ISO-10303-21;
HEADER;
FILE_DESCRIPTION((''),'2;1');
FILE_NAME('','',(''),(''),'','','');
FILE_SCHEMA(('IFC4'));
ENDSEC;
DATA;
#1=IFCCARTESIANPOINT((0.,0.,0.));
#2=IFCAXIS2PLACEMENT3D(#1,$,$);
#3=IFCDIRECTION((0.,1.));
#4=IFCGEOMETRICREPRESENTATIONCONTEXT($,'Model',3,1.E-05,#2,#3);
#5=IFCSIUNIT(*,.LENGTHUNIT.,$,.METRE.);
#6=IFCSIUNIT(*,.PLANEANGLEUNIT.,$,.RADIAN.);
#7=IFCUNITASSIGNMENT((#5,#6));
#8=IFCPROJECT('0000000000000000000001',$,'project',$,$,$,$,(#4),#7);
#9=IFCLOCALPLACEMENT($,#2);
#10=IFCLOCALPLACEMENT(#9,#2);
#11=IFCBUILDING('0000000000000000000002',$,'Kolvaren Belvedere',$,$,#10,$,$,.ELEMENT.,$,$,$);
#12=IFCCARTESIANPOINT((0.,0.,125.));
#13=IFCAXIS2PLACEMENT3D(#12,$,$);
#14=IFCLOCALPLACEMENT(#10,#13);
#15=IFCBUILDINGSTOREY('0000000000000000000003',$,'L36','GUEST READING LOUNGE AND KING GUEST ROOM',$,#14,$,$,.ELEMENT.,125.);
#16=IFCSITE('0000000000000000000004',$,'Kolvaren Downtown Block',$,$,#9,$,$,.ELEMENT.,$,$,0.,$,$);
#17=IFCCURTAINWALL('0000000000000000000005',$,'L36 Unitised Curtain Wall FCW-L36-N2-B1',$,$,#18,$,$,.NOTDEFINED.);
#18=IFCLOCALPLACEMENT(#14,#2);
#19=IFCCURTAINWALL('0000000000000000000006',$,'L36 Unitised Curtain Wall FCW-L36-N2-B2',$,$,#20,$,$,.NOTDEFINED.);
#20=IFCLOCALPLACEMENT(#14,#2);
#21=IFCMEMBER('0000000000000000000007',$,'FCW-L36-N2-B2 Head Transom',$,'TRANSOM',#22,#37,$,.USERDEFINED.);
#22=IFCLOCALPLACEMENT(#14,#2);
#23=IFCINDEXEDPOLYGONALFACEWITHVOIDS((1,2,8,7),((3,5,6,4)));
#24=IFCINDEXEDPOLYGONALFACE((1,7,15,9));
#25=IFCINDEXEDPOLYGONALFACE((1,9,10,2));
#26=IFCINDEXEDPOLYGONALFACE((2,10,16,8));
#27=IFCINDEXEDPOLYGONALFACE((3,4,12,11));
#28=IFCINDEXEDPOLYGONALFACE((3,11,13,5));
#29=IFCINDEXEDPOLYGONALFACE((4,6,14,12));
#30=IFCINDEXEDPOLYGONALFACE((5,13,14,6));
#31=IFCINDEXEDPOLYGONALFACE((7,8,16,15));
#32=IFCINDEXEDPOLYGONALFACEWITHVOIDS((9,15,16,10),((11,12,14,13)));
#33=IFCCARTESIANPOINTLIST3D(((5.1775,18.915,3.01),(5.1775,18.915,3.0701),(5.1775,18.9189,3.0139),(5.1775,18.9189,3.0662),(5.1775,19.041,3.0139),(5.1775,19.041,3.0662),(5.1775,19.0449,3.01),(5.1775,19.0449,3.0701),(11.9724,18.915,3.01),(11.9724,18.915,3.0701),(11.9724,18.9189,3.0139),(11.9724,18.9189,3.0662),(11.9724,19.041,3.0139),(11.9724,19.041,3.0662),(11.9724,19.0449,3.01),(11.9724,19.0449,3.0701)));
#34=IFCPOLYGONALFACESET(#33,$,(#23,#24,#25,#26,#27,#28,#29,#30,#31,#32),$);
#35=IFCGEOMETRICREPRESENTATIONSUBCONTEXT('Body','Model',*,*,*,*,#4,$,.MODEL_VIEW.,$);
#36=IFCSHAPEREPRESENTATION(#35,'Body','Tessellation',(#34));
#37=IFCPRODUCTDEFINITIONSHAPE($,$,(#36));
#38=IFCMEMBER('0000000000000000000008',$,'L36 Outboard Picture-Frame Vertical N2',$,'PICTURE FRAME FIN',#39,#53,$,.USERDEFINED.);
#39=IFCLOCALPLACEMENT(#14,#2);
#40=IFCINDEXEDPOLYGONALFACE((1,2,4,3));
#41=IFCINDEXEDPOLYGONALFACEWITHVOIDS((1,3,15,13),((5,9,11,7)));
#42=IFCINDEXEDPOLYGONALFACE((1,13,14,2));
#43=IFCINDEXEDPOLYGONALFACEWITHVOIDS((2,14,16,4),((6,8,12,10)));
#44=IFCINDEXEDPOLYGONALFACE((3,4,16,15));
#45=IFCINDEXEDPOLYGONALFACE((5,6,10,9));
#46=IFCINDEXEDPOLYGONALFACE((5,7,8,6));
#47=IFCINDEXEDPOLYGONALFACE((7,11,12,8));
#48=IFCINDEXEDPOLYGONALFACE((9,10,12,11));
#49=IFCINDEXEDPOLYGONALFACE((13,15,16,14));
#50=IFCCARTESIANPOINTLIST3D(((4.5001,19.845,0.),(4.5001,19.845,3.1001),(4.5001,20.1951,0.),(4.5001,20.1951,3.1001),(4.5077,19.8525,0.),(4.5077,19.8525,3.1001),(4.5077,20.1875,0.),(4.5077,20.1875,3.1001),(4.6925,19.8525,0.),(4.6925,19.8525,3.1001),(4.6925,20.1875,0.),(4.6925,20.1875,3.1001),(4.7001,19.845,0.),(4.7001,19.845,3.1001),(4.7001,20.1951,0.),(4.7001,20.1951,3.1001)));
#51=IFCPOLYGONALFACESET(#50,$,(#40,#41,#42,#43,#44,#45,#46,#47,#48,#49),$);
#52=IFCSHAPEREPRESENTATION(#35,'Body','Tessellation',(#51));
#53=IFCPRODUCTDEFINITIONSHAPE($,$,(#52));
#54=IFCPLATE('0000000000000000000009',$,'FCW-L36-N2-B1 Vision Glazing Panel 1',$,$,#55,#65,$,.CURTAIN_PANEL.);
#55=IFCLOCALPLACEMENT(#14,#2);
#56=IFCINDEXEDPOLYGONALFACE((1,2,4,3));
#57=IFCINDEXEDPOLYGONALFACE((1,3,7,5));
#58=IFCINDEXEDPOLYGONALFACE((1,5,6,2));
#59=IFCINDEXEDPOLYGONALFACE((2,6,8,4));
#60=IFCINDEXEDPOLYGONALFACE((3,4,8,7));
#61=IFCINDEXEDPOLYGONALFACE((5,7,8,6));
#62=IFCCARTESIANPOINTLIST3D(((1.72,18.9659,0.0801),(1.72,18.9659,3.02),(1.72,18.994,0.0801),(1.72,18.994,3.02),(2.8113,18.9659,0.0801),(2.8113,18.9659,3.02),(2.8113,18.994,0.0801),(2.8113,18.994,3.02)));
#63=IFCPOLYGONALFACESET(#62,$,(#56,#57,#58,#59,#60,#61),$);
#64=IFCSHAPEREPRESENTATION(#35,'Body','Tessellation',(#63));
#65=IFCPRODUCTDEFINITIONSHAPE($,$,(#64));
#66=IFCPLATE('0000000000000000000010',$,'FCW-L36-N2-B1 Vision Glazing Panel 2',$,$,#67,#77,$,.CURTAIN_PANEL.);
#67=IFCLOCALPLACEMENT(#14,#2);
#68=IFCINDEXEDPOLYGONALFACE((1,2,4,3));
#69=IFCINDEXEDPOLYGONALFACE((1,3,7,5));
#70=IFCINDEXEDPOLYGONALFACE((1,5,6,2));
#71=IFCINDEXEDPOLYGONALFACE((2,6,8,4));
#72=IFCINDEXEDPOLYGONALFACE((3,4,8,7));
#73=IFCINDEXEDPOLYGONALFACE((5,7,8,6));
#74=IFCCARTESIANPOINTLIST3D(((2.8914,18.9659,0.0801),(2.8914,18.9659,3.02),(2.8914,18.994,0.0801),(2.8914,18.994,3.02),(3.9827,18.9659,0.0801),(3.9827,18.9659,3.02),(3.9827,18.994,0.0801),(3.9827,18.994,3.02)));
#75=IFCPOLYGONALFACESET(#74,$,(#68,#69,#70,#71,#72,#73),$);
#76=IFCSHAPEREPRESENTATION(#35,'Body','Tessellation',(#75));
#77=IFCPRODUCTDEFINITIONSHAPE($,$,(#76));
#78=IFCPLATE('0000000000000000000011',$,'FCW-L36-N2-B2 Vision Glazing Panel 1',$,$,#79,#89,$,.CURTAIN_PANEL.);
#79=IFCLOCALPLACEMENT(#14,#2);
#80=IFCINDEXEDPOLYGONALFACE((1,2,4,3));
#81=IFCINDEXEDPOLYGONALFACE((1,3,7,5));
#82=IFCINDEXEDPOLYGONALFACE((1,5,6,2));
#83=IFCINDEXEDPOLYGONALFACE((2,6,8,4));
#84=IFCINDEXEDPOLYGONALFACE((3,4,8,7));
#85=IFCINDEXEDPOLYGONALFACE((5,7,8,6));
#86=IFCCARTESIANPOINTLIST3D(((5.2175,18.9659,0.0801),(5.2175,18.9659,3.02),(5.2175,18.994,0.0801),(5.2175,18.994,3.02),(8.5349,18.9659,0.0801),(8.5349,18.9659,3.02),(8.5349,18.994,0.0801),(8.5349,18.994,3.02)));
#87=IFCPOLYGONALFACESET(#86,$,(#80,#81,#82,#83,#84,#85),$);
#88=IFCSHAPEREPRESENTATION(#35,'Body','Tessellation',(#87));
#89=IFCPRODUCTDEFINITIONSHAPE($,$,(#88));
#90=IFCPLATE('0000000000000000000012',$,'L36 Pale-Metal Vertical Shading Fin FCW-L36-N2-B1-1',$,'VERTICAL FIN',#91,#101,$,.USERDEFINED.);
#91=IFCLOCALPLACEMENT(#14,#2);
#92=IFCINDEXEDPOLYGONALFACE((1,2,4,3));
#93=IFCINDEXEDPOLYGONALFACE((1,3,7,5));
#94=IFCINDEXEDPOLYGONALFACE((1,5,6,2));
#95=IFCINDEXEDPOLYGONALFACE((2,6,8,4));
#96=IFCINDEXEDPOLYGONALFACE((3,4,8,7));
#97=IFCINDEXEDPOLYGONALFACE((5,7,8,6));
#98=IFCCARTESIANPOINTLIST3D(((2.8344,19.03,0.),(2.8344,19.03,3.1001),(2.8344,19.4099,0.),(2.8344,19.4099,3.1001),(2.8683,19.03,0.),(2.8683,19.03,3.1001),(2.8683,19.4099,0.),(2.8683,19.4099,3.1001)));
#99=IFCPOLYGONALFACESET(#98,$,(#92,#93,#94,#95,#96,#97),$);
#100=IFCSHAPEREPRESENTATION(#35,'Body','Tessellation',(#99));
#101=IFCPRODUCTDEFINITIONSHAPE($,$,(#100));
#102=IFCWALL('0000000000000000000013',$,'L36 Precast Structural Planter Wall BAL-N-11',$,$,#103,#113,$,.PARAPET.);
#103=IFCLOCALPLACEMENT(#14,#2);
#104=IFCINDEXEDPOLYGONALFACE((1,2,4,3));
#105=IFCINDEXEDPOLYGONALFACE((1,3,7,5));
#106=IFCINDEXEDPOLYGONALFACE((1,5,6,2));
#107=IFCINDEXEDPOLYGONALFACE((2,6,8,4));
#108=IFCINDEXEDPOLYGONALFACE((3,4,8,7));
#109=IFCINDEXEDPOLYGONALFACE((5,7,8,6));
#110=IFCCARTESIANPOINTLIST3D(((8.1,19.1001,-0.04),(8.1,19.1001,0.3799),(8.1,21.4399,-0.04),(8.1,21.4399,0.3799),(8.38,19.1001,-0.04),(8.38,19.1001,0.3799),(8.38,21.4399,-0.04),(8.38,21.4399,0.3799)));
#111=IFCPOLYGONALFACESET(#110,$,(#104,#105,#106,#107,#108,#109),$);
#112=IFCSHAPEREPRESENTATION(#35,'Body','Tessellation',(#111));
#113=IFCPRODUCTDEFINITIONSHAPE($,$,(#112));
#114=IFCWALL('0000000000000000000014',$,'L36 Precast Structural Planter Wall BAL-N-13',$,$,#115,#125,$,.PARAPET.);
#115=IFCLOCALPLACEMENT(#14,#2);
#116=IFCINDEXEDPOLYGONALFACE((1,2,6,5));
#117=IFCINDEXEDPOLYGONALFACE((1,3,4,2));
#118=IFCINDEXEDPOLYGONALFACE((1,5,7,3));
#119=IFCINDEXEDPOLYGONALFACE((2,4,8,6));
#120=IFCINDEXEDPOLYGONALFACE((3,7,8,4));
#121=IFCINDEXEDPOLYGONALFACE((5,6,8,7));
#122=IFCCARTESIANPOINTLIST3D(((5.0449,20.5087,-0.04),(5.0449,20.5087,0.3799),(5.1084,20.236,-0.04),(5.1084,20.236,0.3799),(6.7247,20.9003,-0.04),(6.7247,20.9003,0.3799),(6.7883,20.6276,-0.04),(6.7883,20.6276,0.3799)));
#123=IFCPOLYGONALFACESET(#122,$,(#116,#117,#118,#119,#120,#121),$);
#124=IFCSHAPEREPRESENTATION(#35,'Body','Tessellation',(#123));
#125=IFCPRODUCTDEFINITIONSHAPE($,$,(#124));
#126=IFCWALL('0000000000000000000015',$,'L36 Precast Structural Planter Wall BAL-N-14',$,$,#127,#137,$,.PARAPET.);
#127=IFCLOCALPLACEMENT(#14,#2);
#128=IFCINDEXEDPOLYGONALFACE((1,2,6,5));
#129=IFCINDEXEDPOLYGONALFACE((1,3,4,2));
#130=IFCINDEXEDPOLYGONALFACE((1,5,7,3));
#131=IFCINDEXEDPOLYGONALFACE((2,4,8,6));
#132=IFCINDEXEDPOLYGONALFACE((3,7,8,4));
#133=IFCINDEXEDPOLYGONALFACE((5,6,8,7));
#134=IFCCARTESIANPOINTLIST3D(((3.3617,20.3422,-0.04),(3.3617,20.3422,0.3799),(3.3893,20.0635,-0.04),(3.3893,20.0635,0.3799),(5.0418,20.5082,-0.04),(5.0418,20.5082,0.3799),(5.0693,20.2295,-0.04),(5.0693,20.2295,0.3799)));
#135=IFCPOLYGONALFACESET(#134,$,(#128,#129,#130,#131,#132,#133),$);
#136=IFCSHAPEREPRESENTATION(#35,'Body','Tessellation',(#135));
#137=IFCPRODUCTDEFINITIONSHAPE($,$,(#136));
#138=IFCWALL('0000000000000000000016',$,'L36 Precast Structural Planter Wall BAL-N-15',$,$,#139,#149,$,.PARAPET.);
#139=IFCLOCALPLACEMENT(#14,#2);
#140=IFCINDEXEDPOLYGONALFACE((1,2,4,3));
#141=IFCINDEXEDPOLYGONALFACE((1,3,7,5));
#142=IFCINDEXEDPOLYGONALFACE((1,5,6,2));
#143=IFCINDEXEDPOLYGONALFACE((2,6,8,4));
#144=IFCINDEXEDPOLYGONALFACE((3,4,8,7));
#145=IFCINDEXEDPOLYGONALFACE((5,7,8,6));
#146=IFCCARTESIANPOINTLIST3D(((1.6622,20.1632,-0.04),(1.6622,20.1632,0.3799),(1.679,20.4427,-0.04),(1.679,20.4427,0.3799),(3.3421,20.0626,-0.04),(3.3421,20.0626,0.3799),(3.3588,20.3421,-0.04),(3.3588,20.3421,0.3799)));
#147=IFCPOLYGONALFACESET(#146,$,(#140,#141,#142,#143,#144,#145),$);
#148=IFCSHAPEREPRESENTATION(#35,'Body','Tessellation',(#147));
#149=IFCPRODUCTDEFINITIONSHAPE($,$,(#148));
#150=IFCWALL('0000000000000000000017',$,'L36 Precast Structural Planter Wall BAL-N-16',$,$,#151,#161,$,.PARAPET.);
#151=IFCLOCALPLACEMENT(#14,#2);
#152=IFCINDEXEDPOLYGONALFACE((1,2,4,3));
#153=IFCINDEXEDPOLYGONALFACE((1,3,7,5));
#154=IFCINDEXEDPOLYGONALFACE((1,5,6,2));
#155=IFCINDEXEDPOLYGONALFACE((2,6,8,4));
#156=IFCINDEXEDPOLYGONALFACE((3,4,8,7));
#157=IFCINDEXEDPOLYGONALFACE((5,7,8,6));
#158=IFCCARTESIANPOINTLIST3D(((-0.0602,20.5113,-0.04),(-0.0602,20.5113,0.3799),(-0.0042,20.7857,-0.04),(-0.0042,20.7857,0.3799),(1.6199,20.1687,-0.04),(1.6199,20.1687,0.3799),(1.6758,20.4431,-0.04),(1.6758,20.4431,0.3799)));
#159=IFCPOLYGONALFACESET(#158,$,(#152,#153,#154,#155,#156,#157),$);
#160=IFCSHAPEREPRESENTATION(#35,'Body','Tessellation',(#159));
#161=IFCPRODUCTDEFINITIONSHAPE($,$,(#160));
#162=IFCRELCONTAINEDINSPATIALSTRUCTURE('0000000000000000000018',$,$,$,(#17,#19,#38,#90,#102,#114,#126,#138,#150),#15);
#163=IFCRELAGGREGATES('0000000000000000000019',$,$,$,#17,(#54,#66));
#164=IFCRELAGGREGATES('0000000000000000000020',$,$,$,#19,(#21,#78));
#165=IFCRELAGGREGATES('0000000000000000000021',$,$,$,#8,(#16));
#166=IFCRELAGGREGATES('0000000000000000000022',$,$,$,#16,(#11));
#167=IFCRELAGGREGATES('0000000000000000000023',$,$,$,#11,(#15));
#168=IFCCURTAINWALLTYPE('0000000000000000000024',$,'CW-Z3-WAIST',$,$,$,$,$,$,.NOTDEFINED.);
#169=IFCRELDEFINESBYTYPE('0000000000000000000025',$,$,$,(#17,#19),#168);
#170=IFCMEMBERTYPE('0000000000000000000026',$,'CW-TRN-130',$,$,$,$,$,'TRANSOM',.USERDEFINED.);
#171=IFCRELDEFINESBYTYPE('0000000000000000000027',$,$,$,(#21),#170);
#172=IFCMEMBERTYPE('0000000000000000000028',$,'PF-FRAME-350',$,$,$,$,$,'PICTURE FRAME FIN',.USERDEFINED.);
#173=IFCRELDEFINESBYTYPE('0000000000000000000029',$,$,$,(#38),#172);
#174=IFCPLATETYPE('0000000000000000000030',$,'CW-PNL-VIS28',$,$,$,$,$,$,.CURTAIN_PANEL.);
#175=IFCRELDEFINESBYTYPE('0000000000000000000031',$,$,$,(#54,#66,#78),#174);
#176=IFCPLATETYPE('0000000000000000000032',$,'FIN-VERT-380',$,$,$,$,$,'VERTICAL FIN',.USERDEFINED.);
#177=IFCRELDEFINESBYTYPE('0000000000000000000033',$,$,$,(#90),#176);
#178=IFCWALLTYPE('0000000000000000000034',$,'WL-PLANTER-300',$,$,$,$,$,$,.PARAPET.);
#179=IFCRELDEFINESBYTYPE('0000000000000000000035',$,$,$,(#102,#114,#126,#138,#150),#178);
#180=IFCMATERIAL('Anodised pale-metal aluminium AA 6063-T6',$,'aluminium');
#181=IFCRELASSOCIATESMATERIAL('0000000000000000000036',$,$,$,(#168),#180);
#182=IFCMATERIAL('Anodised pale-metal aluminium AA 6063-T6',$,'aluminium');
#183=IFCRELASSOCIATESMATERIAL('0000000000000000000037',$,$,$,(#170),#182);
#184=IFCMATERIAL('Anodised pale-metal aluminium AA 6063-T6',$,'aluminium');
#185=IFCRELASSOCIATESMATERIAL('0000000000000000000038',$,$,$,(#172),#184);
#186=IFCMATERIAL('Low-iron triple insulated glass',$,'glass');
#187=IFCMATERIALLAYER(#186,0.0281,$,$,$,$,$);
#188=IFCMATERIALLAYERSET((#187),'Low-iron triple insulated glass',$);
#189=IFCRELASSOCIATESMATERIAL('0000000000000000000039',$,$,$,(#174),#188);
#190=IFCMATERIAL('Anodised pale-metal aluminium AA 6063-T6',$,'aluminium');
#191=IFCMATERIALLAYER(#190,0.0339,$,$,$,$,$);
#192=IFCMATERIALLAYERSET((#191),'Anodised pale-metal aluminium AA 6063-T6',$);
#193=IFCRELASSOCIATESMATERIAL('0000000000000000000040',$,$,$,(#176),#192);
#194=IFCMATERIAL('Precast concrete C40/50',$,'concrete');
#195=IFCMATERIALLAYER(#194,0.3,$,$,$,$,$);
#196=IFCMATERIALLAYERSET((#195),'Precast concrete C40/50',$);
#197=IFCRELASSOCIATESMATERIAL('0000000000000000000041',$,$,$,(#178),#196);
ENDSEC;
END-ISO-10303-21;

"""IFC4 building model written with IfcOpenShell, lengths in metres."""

from ifc_helpers import new_model, si_unit, direction, frame, frame_2d, origin, origin_2d, place, context, subcontext, project, spatial, rectangle, hollow_rectangle, extrude, material, layer, layer_set, material_profile, profile_set, type_object, element, aggregate, save


model = new_model("IFC4")

# Units and contexts
model_context = context("Model", 3, precision=1e-05, world=origin(), true_north=direction((0.0, 1.0)))
body_context = subcontext(model_context, "Body", "Model", "MODEL_VIEW")
ifc_project = project(units=[si_unit("LENGTHUNIT", "METRE"), si_unit("PLANEANGLEUNIT", "RADIAN")], contexts=[model_context])

# Site, building, storey
site_placement = place(None, origin())
site = spatial("IfcSite", under=ifc_project, at=site_placement, Name="Kolvaren Downtown Block", CompositionType="ELEMENT", RefElevation=0.0)
building_placement = place(site_placement, origin())
building = spatial("IfcBuilding", under=site, at=building_placement, Name="Kolvaren Belvedere", CompositionType="ELEMENT")
storey_placement = place(building_placement, frame((0.0, 0.0, 125.0)))
storey = spatial("IfcBuildingStorey", under=building, at=storey_placement, Name="L36", Description="GUEST READING LOUNGE AND KING GUEST ROOM", CompositionType="ELEMENT", Elevation=125.0)

# Curtain wall
ifc_material_1 = material(Name="Anodised pale-metal aluminium AA 6063-T6", Category="aluminium")
curtain_wall_type = type_object("IfcCurtainWallType", Name="CW-Z3-WAIST", PredefinedType="NOTDEFINED", material=ifc_material_1)
curtain_wall_1_placement = place(storey_placement, origin())
curtain_wall_1 = element("IfcCurtainWall", 1, at=curtain_wall_1_placement, inside=storey, type_object=curtain_wall_type, Name="L36 Unitised Curtain Wall FCW-L36-N2-B1", PredefinedType="NOTDEFINED")

# Curtain wall
curtain_wall_2_placement = place(storey_placement, origin())
curtain_wall_2 = element("IfcCurtainWall", 2, at=curtain_wall_2_placement, inside=storey, type_object=curtain_wall_type, Name="L36 Unitised Curtain Wall FCW-L36-N2-B2", PredefinedType="NOTDEFINED")

# Members
ifc_material_2 = material(Name="Anodised pale-metal aluminium AA 6063-T6", Category="aluminium")
ifc_material_profile_1 = material_profile(ifc_material_2, hollow_rectangle(XDim=0.0601, YDim=0.1299, WallThickness=0.0039, at=origin_2d()), Name="ALU-TRN-130X60")
ifc_profile_set_1 = profile_set([ifc_material_profile_1], Name="Anodised pale-metal aluminium AA 6063-T6")
member_type_1 = type_object("IfcMemberType", Name="CW-TRN-130", ElementType="TRANSOM", PredefinedType="USERDEFINED", material=ifc_profile_set_1)
member_1_placement = place(storey_placement, frame((5.1775, 18.98, 3.04), z_axis=(1.0, 0.0, 0.0), x_axis=(0.0, 0.0, 1.0)))
member_1 = element("IfcMember", 3, at=member_1_placement, type_object=member_type_1, Name="FCW-L36-N2-B2 Head Transom", ObjectType="TRANSOM", PredefinedType="USERDEFINED", context=body_context, shape_type="SweptSolid", body=[
    extrude(hollow_rectangle(XDim=0.0601, YDim=0.1299, WallThickness=0.0039, at=origin_2d()), origin(), (0.0, 0.0, 1.0), 6.7949),
])
ifc_material_3 = material(Name="Anodised pale-metal aluminium AA 6063-T6", Category="aluminium")
ifc_material_profile_2 = material_profile(ifc_material_3, hollow_rectangle(XDim=0.2, YDim=0.3501, WallThickness=0.0076, at=origin_2d()), Name="ALU-PF-350X200")
ifc_profile_set_2 = profile_set([ifc_material_profile_2], Name="Anodised pale-metal aluminium AA 6063-T6")
member_type_2 = type_object("IfcMemberType", Name="PF-FRAME-350", ElementType="PICTURE FRAME FIN", PredefinedType="USERDEFINED", material=ifc_profile_set_2)
member_2_placement = place(storey_placement, frame((4.6001, 20.02, 0.0), z_axis=(0.0, 0.0, 1.0), x_axis=(1.0, 0.0, 0.0)))
element("IfcMember", 4, at=member_2_placement, inside=storey, type_object=member_type_2, Name="L36 Outboard Picture-Frame Vertical N2", ObjectType="PICTURE FRAME FIN", PredefinedType="USERDEFINED", context=body_context, shape_type="SweptSolid", body=[
    extrude(hollow_rectangle(XDim=0.2, YDim=0.3501, WallThickness=0.0076, at=origin_2d()), origin(), (0.0, 0.0, 1.0), 3.1001),
])

# Plates
ifc_material_4 = material(Name="Low-iron triple insulated glass", Category="glass")
ifc_layer_1 = layer(ifc_material_4, 0.0281)
ifc_layer_set_1 = layer_set([ifc_layer_1], Name="Low-iron triple insulated glass")
plate_type_1 = type_object("IfcPlateType", Name="CW-PNL-VIS28", PredefinedType="CURTAIN_PANEL", material=ifc_layer_set_1)
plate_1_placement = place(storey_placement, frame((2.2656, 18.98, 0.0801), z_axis=(0.0, 0.0, 1.0), x_axis=(1.0, 0.0, 0.0)))
plate_1 = element("IfcPlate", 5, at=plate_1_placement, type_object=plate_type_1, Name="FCW-L36-N2-B1 Vision Glazing Panel 1", PredefinedType="CURTAIN_PANEL", context=body_context, shape_type="SweptSolid", body=[
    extrude(rectangle(XDim=1.0913, YDim=0.0281, at=origin_2d()), origin(), (0.0, 0.0, 1.0), 2.9399),
])
plate_2_placement = place(storey_placement, frame((3.437, 18.98, 0.0801), z_axis=(0.0, 0.0, 1.0), x_axis=(1.0, 0.0, 0.0)))
plate_2 = element("IfcPlate", 6, at=plate_2_placement, type_object=plate_type_1, Name="FCW-L36-N2-B1 Vision Glazing Panel 2", PredefinedType="CURTAIN_PANEL", context=body_context, shape_type="SweptSolid", body=[
    extrude(rectangle(XDim=1.0913, YDim=0.0281, at=origin_2d()), origin(), (0.0, 0.0, 1.0), 2.9399),
])
aggregate(curtain_wall_1, [plate_1, plate_2])
plate_3_placement = place(storey_placement, frame((6.8762, 18.98, 0.0801), z_axis=(0.0, 0.0, 1.0), x_axis=(1.0, 0.0, 0.0)))
plate_3 = element("IfcPlate", 7, at=plate_3_placement, type_object=plate_type_1, Name="FCW-L36-N2-B2 Vision Glazing Panel 1", PredefinedType="CURTAIN_PANEL", context=body_context, shape_type="SweptSolid", body=[
    extrude(rectangle(XDim=3.3174, YDim=0.0281, at=origin_2d()), origin(), (0.0, 0.0, 1.0), 2.9399),
])
aggregate(curtain_wall_2, [member_1, plate_3])
ifc_material_5 = material(Name="Anodised pale-metal aluminium AA 6063-T6", Category="aluminium")
ifc_layer_2 = layer(ifc_material_5, 0.0339)
ifc_layer_set_2 = layer_set([ifc_layer_2], Name="Anodised pale-metal aluminium AA 6063-T6")
plate_type_2 = type_object("IfcPlateType", Name="FIN-VERT-380", ElementType="VERTICAL FIN", PredefinedType="USERDEFINED", material=ifc_layer_set_2)
plate_4_placement = place(storey_placement, frame((2.8513, 19.22, 0.0), z_axis=(0.0, 0.0, 1.0), x_axis=(0.0, 1.0, 0.0)))
element("IfcPlate", 8, at=plate_4_placement, inside=storey, type_object=plate_type_2, Name="L36 Pale-Metal Vertical Shading Fin FCW-L36-N2-B1-1", ObjectType="VERTICAL FIN", PredefinedType="USERDEFINED", context=body_context, shape_type="SweptSolid", body=[
    extrude(rectangle(XDim=0.3799, YDim=0.0339, at=origin_2d()), origin(), (0.0, 0.0, 1.0), 3.1001),
])

# Walls
ifc_material_6 = material(Name="Precast concrete C40/50", Category="concrete")
ifc_layer_3 = layer(ifc_material_6, 0.3)
ifc_layer_set_3 = layer_set([ifc_layer_3], Name="Precast concrete C40/50")
wall_type = type_object("IfcWallType", Name="WL-PLANTER-300", PredefinedType="PARAPET", material=ifc_layer_set_3)
wall_1_placement = place(storey_placement, frame((8.24, 19.1001, -0.04), z_axis=(0.0, 0.0, 1.0), x_axis=(0.0, 1.0, 0.0)))
element("IfcWall", 9, at=wall_1_placement, inside=storey, type_object=wall_type, Name="L36 Precast Structural Planter Wall BAL-N-11", PredefinedType="PARAPET", context=body_context, shape_type="SweptSolid", body=[
    extrude(rectangle(XDim=2.3398, YDim=0.28, at=frame_2d((1.1699, 0.0))), origin(), (0.0, 0.0, 1.0), 0.4199),
])
wall_2_placement = place(storey_placement, frame((6.7563, 20.7639, -0.04), z_axis=(0.0, 0.0, 1.0), x_axis=(-0.97389, -0.227019, 0.0)))
element("IfcWall", 10, at=wall_2_placement, inside=storey, type_object=wall_type, Name="L36 Precast Structural Planter Wall BAL-N-13", PredefinedType="PARAPET", context=body_context, shape_type="SweptSolid", body=[
    extrude(rectangle(XDim=1.7249, YDim=0.28, at=frame_2d((0.8623, 0.0))), origin(), (0.0, 0.0, 1.0), 0.4199),
])
wall_3_placement = place(storey_placement, frame((5.0557, 20.3689, -0.04), z_axis=(0.0, 0.0, 1.0), x_axis=(-0.995152, -0.098344, 0.0)))
element("IfcWall", 11, at=wall_3_placement, inside=storey, type_object=wall_type, Name="L36 Precast Structural Planter Wall BAL-N-14", PredefinedType="PARAPET", context=body_context, shape_type="SweptSolid", body=[
    extrude(rectangle(XDim=1.6882, YDim=0.28, at=frame_2d((0.8442, 0.0))), origin(), (0.0, 0.0, 1.0), 0.4199),
])
wall_4_placement = place(storey_placement, frame((3.3503, 20.2024, -0.04), z_axis=(0.0, 0.0, 1.0), x_axis=(-0.998212, 0.059768, 0.0)))
element("IfcWall", 12, at=wall_4_placement, inside=storey, type_object=wall_type, Name="L36 Precast Structural Planter Wall BAL-N-15", PredefinedType="PARAPET", context=body_context, shape_type="SweptSolid", body=[
    extrude(rectangle(XDim=1.6829, YDim=0.28, at=frame_2d((0.8413, 0.0))), origin(), (0.0, 0.0, 1.0), 0.4199),
])
wall_5_placement = place(storey_placement, frame((1.6479, 20.3059, -0.04), z_axis=(0.0, 0.0, 1.0), x_axis=(-0.97984, 0.199784, 0.0)))
element("IfcWall", 13, at=wall_5_placement, inside=storey, type_object=wall_type, Name="L36 Precast Structural Planter Wall BAL-N-16", PredefinedType="PARAPET", context=body_context, shape_type="SweptSolid", body=[
    extrude(rectangle(XDim=1.7146, YDim=0.28, at=frame_2d((0.8574, 0.0))), origin(), (0.0, 0.0, 1.0), 0.4199),
])

save(model, "model.ifc")
